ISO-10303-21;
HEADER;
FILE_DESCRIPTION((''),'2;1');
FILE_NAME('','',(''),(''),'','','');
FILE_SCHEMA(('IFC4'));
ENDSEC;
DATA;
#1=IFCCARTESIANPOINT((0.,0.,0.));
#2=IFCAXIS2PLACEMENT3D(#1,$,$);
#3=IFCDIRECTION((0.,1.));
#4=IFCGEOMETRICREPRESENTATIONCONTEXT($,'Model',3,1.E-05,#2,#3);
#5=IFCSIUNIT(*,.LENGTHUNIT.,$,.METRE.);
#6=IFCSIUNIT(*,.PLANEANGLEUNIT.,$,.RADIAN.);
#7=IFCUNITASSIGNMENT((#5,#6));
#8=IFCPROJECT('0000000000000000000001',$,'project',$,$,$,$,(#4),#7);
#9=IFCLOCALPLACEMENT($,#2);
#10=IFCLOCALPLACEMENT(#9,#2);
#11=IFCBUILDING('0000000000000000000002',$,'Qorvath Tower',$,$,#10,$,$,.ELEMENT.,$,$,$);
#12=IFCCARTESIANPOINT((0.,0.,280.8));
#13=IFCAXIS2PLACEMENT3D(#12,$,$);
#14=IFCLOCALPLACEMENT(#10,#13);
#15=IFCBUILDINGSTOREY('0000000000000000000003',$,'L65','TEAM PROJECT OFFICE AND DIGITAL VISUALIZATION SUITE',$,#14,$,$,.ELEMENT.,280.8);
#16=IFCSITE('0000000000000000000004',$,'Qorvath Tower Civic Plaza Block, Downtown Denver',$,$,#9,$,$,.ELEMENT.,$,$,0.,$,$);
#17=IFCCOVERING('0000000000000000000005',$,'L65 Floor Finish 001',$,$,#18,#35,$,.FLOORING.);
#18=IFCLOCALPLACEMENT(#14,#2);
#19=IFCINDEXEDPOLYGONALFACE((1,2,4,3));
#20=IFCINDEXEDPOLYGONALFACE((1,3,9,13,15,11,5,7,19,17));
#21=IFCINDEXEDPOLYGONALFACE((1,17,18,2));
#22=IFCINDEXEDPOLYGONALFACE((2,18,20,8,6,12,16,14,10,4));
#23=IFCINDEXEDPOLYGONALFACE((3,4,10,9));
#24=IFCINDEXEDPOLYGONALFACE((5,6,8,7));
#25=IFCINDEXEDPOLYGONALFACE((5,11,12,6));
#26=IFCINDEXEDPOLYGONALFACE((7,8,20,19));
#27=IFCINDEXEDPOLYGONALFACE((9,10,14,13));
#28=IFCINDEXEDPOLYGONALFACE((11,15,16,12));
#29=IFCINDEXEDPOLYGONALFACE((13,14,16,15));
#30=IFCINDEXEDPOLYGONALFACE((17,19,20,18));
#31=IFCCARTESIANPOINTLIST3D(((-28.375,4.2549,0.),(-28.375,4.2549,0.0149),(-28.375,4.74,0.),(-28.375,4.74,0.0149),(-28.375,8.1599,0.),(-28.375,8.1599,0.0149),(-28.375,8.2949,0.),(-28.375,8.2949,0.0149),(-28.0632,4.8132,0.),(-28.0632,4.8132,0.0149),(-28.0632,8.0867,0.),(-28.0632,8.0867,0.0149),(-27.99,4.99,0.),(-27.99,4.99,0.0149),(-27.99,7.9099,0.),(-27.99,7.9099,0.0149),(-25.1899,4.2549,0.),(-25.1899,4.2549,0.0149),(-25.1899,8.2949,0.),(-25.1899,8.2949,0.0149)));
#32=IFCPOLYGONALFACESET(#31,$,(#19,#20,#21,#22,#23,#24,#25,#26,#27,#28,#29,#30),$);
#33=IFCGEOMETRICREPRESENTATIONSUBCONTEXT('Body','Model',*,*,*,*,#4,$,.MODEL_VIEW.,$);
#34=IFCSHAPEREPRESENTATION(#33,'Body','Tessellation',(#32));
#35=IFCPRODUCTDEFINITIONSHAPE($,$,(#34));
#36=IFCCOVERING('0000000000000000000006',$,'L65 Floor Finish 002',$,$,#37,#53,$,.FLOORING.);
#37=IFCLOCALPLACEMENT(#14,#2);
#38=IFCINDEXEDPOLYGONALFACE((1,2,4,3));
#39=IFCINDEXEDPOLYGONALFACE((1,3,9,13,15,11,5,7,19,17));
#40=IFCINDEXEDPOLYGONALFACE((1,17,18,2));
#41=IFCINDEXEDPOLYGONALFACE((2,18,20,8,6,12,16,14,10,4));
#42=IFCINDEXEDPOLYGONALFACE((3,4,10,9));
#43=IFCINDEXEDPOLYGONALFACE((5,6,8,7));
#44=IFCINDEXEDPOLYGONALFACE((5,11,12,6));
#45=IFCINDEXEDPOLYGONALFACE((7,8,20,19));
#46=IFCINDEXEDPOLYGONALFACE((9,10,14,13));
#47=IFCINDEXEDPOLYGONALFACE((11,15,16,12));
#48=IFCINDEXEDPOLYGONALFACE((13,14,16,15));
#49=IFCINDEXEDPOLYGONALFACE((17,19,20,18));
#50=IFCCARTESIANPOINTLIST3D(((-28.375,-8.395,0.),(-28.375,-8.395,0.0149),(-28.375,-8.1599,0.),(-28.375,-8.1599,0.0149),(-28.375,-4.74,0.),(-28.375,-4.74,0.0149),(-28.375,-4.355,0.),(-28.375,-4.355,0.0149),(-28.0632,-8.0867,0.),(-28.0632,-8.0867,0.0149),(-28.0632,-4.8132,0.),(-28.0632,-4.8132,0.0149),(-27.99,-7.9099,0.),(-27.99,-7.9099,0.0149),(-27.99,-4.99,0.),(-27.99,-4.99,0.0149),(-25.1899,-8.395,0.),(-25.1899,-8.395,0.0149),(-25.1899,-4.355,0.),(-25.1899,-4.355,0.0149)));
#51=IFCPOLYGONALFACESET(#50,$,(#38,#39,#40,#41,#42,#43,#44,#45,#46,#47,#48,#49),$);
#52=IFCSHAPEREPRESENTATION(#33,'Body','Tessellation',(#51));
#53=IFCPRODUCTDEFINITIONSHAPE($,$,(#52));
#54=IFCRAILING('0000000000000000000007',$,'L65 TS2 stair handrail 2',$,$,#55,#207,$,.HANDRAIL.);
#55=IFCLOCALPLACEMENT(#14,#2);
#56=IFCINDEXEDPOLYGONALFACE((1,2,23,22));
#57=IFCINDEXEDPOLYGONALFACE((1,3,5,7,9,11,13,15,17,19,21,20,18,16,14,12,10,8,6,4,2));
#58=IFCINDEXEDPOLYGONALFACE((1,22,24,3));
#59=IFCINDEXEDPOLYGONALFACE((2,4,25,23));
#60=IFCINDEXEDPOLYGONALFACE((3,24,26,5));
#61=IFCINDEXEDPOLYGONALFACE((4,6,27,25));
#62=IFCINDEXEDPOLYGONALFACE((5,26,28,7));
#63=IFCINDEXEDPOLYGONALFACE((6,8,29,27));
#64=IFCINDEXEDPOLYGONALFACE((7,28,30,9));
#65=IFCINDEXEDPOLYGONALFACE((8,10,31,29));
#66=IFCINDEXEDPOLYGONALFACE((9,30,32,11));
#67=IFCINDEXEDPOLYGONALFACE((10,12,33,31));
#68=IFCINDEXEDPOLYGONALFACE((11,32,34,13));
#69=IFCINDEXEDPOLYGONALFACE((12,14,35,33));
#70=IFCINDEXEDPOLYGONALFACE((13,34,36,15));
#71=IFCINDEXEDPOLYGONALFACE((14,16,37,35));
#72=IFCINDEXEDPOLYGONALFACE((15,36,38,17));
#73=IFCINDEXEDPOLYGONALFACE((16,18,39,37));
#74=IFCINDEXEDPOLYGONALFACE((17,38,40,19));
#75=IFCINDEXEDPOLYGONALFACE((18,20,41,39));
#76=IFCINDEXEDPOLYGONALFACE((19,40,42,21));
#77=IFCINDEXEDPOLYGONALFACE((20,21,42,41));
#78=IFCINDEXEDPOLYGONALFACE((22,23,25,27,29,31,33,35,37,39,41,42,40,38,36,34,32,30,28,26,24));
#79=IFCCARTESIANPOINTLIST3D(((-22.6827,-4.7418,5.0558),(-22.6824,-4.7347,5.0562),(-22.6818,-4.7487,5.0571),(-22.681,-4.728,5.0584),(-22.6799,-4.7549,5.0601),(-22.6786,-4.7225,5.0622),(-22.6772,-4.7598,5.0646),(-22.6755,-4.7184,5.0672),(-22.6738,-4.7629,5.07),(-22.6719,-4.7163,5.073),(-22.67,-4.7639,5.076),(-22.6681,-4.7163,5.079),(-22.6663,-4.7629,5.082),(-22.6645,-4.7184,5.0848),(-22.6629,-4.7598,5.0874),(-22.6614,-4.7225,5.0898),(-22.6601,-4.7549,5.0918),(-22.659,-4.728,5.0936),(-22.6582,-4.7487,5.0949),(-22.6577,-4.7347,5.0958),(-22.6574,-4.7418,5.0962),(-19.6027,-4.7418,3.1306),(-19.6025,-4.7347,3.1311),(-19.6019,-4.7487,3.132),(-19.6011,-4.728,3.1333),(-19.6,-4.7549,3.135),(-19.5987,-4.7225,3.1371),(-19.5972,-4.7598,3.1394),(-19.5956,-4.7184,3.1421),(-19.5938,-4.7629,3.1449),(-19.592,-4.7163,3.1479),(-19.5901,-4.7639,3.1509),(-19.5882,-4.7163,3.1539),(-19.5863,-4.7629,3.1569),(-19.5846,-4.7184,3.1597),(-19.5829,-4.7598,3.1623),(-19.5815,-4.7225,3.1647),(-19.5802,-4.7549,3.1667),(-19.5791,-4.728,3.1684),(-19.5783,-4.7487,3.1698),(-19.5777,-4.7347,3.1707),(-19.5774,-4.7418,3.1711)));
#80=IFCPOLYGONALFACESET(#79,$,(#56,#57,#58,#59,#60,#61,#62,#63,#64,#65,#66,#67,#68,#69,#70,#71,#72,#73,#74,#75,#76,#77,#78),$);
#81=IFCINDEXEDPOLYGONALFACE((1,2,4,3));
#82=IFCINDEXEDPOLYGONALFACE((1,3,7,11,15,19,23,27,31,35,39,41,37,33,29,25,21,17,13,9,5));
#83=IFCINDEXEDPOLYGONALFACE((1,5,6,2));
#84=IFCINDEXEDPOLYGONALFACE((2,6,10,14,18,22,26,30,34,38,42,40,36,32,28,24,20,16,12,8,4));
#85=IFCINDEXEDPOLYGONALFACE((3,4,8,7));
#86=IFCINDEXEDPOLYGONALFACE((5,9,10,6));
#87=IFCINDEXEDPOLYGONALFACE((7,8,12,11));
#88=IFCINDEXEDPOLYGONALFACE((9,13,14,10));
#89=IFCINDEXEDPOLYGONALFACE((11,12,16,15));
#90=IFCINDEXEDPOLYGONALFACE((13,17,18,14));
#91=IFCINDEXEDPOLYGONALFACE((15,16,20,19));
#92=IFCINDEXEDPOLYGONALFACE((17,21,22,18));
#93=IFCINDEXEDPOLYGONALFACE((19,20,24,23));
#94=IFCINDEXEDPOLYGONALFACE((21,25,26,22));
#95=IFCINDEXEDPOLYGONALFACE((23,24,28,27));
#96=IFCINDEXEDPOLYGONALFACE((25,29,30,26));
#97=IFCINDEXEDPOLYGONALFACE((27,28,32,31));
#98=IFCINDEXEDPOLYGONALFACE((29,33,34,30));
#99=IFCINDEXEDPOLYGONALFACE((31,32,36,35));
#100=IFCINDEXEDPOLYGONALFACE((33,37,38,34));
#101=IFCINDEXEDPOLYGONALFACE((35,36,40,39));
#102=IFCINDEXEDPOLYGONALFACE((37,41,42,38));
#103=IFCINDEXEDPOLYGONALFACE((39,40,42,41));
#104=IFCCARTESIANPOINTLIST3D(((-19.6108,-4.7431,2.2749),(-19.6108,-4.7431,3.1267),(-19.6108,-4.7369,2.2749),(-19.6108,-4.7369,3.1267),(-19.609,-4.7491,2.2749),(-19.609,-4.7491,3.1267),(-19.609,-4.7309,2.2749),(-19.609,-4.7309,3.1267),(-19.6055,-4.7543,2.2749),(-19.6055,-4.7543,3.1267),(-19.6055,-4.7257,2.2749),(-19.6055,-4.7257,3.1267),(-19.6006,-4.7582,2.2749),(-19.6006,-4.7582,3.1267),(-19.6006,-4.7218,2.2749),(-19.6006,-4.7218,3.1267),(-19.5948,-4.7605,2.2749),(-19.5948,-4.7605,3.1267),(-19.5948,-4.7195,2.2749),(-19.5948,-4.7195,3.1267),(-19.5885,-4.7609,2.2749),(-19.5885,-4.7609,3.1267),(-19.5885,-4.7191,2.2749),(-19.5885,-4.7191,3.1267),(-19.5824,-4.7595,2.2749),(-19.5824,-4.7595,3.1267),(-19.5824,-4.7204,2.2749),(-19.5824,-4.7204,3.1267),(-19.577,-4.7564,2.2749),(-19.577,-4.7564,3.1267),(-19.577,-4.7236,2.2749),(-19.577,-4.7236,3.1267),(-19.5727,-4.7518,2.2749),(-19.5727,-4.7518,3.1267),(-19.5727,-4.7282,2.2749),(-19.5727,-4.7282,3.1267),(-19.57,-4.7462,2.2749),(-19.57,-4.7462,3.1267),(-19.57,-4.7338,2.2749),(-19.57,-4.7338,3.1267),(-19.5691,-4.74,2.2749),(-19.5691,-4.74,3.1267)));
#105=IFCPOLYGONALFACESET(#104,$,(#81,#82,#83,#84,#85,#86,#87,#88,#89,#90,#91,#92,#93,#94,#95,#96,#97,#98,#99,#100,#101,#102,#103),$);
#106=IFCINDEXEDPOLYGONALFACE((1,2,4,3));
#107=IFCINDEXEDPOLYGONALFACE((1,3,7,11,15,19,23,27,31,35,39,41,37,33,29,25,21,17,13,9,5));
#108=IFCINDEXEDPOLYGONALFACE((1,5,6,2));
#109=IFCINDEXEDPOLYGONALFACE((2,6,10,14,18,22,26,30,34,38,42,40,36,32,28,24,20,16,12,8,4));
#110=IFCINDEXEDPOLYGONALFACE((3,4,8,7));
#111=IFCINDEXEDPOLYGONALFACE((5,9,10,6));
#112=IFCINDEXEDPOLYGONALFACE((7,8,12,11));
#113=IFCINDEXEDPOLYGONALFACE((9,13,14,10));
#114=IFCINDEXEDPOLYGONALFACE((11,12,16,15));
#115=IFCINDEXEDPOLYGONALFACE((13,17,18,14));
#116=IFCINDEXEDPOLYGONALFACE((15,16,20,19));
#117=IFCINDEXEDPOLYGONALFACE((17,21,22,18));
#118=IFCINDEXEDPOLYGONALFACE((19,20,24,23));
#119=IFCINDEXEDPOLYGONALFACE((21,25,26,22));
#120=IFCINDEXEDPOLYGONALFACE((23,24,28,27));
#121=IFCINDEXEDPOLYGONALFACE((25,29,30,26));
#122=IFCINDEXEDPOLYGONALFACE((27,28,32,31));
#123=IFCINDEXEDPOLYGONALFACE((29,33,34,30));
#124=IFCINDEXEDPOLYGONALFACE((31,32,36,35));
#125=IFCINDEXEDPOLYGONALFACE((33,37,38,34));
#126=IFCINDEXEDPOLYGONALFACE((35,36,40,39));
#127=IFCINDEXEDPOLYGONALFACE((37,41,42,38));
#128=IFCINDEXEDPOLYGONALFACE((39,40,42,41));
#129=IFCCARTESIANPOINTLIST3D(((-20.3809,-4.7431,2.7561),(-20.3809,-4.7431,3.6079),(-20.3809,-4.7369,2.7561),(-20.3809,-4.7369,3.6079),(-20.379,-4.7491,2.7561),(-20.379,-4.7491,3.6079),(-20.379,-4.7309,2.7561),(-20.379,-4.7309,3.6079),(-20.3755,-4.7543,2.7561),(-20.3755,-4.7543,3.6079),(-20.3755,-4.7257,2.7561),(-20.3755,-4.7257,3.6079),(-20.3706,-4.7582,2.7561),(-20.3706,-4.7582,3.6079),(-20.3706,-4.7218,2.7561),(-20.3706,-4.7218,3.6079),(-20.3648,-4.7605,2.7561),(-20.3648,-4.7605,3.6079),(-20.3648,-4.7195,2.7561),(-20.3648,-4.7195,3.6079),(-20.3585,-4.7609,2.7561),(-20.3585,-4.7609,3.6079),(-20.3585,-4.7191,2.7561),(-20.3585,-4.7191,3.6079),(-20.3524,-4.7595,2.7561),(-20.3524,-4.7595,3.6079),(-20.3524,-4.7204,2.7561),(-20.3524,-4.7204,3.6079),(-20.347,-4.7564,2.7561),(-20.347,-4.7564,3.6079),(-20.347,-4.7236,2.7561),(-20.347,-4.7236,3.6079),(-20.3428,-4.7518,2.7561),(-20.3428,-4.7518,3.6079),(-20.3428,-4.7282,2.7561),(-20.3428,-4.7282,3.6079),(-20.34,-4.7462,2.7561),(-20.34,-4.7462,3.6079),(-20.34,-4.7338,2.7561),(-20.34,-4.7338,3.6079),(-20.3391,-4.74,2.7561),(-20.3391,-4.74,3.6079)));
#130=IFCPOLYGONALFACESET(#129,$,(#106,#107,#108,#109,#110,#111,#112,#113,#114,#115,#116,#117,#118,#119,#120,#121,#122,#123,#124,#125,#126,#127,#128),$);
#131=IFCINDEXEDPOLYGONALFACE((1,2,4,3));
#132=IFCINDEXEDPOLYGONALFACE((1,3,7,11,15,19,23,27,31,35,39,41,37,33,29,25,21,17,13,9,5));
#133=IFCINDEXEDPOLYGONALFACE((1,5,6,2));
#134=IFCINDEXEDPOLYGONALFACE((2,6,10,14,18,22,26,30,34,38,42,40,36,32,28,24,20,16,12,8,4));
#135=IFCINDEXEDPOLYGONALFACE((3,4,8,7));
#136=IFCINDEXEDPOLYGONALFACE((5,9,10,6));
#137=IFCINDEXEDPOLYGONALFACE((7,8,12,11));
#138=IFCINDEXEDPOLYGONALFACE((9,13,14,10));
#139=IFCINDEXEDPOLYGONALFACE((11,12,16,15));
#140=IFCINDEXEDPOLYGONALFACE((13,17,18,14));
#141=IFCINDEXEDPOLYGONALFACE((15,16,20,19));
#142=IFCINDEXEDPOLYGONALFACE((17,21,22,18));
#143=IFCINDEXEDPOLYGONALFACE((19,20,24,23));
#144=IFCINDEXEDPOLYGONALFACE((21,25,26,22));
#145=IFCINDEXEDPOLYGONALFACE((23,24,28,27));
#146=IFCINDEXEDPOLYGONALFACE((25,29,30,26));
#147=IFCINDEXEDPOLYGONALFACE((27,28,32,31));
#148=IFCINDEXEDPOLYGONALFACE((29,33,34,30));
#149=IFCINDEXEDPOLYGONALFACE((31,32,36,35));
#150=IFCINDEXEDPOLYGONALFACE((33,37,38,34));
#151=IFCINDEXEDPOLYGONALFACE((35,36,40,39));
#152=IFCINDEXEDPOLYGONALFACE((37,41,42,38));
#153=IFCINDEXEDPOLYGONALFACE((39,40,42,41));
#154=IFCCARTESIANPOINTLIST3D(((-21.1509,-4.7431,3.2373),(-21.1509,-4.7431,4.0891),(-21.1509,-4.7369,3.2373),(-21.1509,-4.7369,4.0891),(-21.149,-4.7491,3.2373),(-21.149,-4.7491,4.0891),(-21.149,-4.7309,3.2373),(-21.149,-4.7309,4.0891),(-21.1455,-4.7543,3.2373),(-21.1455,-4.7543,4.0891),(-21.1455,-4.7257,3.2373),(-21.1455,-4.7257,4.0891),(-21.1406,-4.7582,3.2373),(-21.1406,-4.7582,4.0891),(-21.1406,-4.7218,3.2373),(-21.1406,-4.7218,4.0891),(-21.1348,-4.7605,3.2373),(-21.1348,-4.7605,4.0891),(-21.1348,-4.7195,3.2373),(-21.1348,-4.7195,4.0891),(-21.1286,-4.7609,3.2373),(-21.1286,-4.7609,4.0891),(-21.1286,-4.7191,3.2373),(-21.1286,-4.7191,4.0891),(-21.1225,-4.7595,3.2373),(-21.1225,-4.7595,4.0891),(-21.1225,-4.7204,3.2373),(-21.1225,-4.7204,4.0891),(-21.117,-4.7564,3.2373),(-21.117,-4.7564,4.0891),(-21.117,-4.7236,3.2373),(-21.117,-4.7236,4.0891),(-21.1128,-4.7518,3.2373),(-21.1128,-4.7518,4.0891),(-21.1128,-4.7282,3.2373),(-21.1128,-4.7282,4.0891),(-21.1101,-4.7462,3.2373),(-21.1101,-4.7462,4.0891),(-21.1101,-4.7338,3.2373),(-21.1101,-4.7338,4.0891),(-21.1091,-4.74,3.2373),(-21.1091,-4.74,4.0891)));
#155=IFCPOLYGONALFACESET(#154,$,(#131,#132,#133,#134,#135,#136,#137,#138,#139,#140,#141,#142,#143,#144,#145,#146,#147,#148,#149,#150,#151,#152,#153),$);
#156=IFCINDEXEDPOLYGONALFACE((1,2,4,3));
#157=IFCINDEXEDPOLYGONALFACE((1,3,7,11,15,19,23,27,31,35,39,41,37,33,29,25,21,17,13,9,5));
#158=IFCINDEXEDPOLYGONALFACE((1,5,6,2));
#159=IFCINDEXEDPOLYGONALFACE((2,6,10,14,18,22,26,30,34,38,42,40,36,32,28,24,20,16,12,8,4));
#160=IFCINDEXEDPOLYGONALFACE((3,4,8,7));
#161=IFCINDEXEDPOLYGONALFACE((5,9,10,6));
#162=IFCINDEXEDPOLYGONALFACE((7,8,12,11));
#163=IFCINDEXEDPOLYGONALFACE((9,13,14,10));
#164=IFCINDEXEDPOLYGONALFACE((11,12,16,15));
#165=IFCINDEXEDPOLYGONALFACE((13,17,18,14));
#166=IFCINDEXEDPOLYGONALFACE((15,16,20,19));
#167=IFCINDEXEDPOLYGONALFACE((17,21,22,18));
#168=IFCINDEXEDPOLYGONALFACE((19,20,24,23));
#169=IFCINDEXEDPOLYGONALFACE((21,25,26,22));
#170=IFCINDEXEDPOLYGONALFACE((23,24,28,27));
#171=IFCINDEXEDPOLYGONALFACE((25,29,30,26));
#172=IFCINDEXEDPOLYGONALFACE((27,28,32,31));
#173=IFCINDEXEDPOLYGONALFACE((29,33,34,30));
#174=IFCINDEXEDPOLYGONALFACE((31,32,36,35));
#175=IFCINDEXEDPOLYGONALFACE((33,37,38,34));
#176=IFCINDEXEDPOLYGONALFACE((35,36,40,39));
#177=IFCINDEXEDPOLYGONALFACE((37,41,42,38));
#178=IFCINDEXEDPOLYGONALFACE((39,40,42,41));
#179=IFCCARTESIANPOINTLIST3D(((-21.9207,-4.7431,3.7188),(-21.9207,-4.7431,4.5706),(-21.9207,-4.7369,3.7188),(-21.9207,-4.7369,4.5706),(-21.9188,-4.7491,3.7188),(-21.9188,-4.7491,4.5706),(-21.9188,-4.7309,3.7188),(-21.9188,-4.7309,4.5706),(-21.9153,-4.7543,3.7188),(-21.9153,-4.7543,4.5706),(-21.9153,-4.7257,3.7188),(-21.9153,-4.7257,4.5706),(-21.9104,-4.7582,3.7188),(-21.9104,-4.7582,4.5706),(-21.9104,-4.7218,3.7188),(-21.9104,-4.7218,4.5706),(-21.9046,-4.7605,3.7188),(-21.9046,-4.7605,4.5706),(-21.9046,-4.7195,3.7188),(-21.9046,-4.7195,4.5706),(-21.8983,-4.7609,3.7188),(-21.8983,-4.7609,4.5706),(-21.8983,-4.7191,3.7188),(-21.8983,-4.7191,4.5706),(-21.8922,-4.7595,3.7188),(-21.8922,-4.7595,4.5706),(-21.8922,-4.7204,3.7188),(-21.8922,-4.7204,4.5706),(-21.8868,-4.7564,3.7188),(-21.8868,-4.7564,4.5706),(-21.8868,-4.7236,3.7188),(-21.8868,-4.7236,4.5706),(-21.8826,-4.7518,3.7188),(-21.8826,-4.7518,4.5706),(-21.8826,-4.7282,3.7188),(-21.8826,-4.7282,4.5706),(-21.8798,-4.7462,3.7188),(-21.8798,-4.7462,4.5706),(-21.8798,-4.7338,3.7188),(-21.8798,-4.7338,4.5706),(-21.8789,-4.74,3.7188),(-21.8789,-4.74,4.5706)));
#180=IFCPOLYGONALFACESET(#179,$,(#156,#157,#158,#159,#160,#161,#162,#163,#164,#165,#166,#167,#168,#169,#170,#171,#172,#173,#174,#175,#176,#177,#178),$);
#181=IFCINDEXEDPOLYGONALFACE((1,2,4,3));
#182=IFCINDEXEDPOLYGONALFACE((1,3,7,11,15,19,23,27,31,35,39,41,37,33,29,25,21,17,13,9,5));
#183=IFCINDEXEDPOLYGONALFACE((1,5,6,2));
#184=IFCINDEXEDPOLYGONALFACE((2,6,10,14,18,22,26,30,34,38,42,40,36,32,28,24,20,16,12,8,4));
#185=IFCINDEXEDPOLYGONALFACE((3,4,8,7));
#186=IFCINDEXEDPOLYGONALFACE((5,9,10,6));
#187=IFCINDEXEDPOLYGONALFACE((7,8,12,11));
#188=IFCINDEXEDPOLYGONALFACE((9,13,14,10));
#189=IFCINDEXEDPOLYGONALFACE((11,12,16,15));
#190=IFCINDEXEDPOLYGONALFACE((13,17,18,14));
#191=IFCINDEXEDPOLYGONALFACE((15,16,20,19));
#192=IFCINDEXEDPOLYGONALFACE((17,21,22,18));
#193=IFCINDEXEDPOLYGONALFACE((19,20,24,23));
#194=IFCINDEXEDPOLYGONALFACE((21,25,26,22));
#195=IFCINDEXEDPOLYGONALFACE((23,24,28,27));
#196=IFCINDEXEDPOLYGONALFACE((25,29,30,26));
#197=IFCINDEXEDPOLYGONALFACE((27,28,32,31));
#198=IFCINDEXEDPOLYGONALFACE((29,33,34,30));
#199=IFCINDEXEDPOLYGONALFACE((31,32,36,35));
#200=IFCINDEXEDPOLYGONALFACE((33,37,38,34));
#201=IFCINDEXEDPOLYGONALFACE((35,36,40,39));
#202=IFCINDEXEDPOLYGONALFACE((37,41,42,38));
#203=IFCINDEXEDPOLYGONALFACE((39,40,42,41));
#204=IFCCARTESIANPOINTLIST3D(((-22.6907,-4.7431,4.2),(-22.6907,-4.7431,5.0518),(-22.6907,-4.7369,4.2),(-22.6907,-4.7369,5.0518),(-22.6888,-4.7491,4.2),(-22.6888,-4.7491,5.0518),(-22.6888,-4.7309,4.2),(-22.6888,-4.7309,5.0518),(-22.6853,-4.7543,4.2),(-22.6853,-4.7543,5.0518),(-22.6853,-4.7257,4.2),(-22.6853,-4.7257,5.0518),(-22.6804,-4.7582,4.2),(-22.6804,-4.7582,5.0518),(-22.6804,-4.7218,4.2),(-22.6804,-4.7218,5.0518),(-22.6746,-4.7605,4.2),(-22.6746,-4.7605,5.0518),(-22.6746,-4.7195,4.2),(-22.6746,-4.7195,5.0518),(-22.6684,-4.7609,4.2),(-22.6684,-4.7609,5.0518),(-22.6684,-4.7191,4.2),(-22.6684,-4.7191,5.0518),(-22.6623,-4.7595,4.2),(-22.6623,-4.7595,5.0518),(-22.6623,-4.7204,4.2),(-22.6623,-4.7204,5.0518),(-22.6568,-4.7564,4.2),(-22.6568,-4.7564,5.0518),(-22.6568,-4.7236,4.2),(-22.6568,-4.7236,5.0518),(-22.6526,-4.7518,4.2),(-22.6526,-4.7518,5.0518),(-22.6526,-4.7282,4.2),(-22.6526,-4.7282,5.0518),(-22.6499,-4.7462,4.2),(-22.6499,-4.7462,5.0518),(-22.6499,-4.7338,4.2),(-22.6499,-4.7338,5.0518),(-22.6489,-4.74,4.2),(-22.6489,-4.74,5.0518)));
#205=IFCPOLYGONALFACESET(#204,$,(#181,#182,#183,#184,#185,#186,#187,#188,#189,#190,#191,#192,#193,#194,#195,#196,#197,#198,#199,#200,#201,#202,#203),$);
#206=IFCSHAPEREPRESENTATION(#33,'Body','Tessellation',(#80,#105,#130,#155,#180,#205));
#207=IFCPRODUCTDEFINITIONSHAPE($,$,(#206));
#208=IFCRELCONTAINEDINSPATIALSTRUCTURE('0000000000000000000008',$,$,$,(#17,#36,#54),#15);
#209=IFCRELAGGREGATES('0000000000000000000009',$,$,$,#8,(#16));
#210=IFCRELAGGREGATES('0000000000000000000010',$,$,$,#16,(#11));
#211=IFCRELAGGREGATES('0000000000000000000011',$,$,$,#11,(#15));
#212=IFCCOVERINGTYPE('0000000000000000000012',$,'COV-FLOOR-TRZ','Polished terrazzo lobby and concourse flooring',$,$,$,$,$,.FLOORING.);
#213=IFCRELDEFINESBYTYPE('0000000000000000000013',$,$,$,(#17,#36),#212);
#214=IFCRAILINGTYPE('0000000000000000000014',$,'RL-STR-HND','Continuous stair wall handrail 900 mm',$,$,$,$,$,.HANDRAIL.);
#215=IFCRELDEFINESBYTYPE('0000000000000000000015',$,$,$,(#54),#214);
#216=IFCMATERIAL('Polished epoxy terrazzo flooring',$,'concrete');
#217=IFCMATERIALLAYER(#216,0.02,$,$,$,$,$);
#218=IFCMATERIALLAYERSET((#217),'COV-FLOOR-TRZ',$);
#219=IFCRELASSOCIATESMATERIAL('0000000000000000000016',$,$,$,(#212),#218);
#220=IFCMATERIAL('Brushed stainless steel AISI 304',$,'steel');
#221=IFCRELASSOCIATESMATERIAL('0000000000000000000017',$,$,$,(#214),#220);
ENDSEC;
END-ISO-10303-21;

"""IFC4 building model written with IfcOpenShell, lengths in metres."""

from ifc_helpers import new_model, si_unit, direction, frame, origin, origin_2d, place, context, subcontext, project, spatial, polyline, circle, outline, extrude, material, layer, layer_set, type_object, element, save


model = new_model("IFC4")

# Units and contexts
model_context = context("Model", 3, precision=1e-05, world=origin(), true_north=direction((0.0, 1.0)))
body_context = subcontext(model_context, "Body", "Model", "MODEL_VIEW")
ifc_project = project(units=[si_unit("LENGTHUNIT", "METRE"), si_unit("PLANEANGLEUNIT", "RADIAN")], contexts=[model_context])

# Site, building, storey
site_placement = place(None, origin())
site = spatial("IfcSite", under=ifc_project, at=site_placement, Name="Qorvath Tower Civic Plaza Block, Downtown Denver", CompositionType="ELEMENT", RefElevation=0.0)
building_placement = place(site_placement, origin())
building = spatial("IfcBuilding", under=site, at=building_placement, Name="Qorvath Tower", CompositionType="ELEMENT")
storey_placement = place(building_placement, frame((0.0, 0.0, 280.8)))
storey = spatial("IfcBuildingStorey", under=building, at=storey_placement, Name="L65", Description="TEAM PROJECT OFFICE AND DIGITAL VISUALIZATION SUITE", CompositionType="ELEMENT", Elevation=280.8)

# Coverings
ifc_material_1 = material(Name="Polished epoxy terrazzo flooring", Category="concrete")
ifc_layer_1 = layer(ifc_material_1, 0.02)
ifc_layer_set_1 = layer_set([ifc_layer_1], Name="COV-FLOOR-TRZ")
covering_type_1 = type_object("IfcCoveringType", Name="COV-FLOOR-TRZ", Description="Polished terrazzo lobby and concourse flooring", PredefinedType="FLOORING", material=ifc_layer_set_1)
covering_1_placement = place(storey_placement, origin())
element("IfcCovering", 1, at=covering_1_placement, inside=storey, type_object=covering_type_1, Name="L65 Floor Finish 001", PredefinedType="FLOORING", context=body_context, shape_type="SweptSolid", body=[
    extrude(outline(polyline([(-25.1899, 4.2549), (-25.1899, 8.2949), (-28.375, 8.2949), (-28.375, 8.1599), (-28.0632, 8.0867), (-27.99, 7.9099), (-27.99, 4.99), (-28.0632, 4.8132), (-28.375, 4.74), (-28.375, 4.2549), (-25.1899, 4.2549)])), origin(), (0.0, 0.0, 1.0), 0.0149),
])
covering_2_placement = place(storey_placement, origin())
element("IfcCovering", 2, at=covering_2_placement, inside=storey, type_object=covering_type_1, Name="L65 Floor Finish 002", PredefinedType="FLOORING", context=body_context, shape_type="SweptSolid", body=[
    extrude(outline(polyline([(-25.1899, -8.395), (-25.1899, -4.355), (-28.375, -4.355), (-28.375, -4.74), (-28.0632, -4.8132), (-27.99, -4.99), (-27.99, -7.9099), (-28.0632, -8.0867), (-28.375, -8.1599), (-28.375, -8.395), (-25.1899, -8.395)])), origin(), (0.0, 0.0, 1.0), 0.0149),
])

# Railing
ifc_material_2 = material(Name="Brushed stainless steel AISI 304", Category="steel")
railing_type_1 = type_object("IfcRailingType", Name="RL-STR-HND", Description="Continuous stair wall handrail 900 mm", PredefinedType="HANDRAIL", material=ifc_material_2)
railing_1_placement = place(storey_placement, frame((-19.5901, -4.74, 2.2749)))
element("IfcRailing", 3, at=railing_1_placement, inside=storey, type_object=railing_type_1, Name="L65 TS2 stair handrail 2", PredefinedType="HANDRAIL", context=body_context, shape_type="SweptSolid", body=[
    extrude(circle(Radius=0.0239, at=origin_2d()), frame((0.0, 0.0, 0.876), z_axis=(-0.847979, 0.0, 0.530029), x_axis=(0.0, -1.0, 0.0)), (0.0, 0.0, 1.0), 3.6321),
    extrude(circle(Radius=0.021, at=origin_2d()), origin(), (0.0, 0.0, 1.0), 0.8518),
    extrude(circle(Radius=0.021, at=origin_2d()), frame((-0.77, 0.0, 0.4812)), (0.0, 0.0, 1.0), 0.8518),
    extrude(circle(Radius=0.021, at=origin_2d()), frame((-1.54, 0.0, 0.9624)), (0.0, 0.0, 1.0), 0.8518),
    extrude(circle(Radius=0.021, at=origin_2d()), frame((-2.3098, 0.0, 1.4438)), (0.0, 0.0, 1.0), 0.8518),
    extrude(circle(Radius=0.021, at=origin_2d()), frame((-3.0798, 0.0, 1.925)), (0.0, 0.0, 1.0), 0.8518),
])

save(model, "model.ifc")
